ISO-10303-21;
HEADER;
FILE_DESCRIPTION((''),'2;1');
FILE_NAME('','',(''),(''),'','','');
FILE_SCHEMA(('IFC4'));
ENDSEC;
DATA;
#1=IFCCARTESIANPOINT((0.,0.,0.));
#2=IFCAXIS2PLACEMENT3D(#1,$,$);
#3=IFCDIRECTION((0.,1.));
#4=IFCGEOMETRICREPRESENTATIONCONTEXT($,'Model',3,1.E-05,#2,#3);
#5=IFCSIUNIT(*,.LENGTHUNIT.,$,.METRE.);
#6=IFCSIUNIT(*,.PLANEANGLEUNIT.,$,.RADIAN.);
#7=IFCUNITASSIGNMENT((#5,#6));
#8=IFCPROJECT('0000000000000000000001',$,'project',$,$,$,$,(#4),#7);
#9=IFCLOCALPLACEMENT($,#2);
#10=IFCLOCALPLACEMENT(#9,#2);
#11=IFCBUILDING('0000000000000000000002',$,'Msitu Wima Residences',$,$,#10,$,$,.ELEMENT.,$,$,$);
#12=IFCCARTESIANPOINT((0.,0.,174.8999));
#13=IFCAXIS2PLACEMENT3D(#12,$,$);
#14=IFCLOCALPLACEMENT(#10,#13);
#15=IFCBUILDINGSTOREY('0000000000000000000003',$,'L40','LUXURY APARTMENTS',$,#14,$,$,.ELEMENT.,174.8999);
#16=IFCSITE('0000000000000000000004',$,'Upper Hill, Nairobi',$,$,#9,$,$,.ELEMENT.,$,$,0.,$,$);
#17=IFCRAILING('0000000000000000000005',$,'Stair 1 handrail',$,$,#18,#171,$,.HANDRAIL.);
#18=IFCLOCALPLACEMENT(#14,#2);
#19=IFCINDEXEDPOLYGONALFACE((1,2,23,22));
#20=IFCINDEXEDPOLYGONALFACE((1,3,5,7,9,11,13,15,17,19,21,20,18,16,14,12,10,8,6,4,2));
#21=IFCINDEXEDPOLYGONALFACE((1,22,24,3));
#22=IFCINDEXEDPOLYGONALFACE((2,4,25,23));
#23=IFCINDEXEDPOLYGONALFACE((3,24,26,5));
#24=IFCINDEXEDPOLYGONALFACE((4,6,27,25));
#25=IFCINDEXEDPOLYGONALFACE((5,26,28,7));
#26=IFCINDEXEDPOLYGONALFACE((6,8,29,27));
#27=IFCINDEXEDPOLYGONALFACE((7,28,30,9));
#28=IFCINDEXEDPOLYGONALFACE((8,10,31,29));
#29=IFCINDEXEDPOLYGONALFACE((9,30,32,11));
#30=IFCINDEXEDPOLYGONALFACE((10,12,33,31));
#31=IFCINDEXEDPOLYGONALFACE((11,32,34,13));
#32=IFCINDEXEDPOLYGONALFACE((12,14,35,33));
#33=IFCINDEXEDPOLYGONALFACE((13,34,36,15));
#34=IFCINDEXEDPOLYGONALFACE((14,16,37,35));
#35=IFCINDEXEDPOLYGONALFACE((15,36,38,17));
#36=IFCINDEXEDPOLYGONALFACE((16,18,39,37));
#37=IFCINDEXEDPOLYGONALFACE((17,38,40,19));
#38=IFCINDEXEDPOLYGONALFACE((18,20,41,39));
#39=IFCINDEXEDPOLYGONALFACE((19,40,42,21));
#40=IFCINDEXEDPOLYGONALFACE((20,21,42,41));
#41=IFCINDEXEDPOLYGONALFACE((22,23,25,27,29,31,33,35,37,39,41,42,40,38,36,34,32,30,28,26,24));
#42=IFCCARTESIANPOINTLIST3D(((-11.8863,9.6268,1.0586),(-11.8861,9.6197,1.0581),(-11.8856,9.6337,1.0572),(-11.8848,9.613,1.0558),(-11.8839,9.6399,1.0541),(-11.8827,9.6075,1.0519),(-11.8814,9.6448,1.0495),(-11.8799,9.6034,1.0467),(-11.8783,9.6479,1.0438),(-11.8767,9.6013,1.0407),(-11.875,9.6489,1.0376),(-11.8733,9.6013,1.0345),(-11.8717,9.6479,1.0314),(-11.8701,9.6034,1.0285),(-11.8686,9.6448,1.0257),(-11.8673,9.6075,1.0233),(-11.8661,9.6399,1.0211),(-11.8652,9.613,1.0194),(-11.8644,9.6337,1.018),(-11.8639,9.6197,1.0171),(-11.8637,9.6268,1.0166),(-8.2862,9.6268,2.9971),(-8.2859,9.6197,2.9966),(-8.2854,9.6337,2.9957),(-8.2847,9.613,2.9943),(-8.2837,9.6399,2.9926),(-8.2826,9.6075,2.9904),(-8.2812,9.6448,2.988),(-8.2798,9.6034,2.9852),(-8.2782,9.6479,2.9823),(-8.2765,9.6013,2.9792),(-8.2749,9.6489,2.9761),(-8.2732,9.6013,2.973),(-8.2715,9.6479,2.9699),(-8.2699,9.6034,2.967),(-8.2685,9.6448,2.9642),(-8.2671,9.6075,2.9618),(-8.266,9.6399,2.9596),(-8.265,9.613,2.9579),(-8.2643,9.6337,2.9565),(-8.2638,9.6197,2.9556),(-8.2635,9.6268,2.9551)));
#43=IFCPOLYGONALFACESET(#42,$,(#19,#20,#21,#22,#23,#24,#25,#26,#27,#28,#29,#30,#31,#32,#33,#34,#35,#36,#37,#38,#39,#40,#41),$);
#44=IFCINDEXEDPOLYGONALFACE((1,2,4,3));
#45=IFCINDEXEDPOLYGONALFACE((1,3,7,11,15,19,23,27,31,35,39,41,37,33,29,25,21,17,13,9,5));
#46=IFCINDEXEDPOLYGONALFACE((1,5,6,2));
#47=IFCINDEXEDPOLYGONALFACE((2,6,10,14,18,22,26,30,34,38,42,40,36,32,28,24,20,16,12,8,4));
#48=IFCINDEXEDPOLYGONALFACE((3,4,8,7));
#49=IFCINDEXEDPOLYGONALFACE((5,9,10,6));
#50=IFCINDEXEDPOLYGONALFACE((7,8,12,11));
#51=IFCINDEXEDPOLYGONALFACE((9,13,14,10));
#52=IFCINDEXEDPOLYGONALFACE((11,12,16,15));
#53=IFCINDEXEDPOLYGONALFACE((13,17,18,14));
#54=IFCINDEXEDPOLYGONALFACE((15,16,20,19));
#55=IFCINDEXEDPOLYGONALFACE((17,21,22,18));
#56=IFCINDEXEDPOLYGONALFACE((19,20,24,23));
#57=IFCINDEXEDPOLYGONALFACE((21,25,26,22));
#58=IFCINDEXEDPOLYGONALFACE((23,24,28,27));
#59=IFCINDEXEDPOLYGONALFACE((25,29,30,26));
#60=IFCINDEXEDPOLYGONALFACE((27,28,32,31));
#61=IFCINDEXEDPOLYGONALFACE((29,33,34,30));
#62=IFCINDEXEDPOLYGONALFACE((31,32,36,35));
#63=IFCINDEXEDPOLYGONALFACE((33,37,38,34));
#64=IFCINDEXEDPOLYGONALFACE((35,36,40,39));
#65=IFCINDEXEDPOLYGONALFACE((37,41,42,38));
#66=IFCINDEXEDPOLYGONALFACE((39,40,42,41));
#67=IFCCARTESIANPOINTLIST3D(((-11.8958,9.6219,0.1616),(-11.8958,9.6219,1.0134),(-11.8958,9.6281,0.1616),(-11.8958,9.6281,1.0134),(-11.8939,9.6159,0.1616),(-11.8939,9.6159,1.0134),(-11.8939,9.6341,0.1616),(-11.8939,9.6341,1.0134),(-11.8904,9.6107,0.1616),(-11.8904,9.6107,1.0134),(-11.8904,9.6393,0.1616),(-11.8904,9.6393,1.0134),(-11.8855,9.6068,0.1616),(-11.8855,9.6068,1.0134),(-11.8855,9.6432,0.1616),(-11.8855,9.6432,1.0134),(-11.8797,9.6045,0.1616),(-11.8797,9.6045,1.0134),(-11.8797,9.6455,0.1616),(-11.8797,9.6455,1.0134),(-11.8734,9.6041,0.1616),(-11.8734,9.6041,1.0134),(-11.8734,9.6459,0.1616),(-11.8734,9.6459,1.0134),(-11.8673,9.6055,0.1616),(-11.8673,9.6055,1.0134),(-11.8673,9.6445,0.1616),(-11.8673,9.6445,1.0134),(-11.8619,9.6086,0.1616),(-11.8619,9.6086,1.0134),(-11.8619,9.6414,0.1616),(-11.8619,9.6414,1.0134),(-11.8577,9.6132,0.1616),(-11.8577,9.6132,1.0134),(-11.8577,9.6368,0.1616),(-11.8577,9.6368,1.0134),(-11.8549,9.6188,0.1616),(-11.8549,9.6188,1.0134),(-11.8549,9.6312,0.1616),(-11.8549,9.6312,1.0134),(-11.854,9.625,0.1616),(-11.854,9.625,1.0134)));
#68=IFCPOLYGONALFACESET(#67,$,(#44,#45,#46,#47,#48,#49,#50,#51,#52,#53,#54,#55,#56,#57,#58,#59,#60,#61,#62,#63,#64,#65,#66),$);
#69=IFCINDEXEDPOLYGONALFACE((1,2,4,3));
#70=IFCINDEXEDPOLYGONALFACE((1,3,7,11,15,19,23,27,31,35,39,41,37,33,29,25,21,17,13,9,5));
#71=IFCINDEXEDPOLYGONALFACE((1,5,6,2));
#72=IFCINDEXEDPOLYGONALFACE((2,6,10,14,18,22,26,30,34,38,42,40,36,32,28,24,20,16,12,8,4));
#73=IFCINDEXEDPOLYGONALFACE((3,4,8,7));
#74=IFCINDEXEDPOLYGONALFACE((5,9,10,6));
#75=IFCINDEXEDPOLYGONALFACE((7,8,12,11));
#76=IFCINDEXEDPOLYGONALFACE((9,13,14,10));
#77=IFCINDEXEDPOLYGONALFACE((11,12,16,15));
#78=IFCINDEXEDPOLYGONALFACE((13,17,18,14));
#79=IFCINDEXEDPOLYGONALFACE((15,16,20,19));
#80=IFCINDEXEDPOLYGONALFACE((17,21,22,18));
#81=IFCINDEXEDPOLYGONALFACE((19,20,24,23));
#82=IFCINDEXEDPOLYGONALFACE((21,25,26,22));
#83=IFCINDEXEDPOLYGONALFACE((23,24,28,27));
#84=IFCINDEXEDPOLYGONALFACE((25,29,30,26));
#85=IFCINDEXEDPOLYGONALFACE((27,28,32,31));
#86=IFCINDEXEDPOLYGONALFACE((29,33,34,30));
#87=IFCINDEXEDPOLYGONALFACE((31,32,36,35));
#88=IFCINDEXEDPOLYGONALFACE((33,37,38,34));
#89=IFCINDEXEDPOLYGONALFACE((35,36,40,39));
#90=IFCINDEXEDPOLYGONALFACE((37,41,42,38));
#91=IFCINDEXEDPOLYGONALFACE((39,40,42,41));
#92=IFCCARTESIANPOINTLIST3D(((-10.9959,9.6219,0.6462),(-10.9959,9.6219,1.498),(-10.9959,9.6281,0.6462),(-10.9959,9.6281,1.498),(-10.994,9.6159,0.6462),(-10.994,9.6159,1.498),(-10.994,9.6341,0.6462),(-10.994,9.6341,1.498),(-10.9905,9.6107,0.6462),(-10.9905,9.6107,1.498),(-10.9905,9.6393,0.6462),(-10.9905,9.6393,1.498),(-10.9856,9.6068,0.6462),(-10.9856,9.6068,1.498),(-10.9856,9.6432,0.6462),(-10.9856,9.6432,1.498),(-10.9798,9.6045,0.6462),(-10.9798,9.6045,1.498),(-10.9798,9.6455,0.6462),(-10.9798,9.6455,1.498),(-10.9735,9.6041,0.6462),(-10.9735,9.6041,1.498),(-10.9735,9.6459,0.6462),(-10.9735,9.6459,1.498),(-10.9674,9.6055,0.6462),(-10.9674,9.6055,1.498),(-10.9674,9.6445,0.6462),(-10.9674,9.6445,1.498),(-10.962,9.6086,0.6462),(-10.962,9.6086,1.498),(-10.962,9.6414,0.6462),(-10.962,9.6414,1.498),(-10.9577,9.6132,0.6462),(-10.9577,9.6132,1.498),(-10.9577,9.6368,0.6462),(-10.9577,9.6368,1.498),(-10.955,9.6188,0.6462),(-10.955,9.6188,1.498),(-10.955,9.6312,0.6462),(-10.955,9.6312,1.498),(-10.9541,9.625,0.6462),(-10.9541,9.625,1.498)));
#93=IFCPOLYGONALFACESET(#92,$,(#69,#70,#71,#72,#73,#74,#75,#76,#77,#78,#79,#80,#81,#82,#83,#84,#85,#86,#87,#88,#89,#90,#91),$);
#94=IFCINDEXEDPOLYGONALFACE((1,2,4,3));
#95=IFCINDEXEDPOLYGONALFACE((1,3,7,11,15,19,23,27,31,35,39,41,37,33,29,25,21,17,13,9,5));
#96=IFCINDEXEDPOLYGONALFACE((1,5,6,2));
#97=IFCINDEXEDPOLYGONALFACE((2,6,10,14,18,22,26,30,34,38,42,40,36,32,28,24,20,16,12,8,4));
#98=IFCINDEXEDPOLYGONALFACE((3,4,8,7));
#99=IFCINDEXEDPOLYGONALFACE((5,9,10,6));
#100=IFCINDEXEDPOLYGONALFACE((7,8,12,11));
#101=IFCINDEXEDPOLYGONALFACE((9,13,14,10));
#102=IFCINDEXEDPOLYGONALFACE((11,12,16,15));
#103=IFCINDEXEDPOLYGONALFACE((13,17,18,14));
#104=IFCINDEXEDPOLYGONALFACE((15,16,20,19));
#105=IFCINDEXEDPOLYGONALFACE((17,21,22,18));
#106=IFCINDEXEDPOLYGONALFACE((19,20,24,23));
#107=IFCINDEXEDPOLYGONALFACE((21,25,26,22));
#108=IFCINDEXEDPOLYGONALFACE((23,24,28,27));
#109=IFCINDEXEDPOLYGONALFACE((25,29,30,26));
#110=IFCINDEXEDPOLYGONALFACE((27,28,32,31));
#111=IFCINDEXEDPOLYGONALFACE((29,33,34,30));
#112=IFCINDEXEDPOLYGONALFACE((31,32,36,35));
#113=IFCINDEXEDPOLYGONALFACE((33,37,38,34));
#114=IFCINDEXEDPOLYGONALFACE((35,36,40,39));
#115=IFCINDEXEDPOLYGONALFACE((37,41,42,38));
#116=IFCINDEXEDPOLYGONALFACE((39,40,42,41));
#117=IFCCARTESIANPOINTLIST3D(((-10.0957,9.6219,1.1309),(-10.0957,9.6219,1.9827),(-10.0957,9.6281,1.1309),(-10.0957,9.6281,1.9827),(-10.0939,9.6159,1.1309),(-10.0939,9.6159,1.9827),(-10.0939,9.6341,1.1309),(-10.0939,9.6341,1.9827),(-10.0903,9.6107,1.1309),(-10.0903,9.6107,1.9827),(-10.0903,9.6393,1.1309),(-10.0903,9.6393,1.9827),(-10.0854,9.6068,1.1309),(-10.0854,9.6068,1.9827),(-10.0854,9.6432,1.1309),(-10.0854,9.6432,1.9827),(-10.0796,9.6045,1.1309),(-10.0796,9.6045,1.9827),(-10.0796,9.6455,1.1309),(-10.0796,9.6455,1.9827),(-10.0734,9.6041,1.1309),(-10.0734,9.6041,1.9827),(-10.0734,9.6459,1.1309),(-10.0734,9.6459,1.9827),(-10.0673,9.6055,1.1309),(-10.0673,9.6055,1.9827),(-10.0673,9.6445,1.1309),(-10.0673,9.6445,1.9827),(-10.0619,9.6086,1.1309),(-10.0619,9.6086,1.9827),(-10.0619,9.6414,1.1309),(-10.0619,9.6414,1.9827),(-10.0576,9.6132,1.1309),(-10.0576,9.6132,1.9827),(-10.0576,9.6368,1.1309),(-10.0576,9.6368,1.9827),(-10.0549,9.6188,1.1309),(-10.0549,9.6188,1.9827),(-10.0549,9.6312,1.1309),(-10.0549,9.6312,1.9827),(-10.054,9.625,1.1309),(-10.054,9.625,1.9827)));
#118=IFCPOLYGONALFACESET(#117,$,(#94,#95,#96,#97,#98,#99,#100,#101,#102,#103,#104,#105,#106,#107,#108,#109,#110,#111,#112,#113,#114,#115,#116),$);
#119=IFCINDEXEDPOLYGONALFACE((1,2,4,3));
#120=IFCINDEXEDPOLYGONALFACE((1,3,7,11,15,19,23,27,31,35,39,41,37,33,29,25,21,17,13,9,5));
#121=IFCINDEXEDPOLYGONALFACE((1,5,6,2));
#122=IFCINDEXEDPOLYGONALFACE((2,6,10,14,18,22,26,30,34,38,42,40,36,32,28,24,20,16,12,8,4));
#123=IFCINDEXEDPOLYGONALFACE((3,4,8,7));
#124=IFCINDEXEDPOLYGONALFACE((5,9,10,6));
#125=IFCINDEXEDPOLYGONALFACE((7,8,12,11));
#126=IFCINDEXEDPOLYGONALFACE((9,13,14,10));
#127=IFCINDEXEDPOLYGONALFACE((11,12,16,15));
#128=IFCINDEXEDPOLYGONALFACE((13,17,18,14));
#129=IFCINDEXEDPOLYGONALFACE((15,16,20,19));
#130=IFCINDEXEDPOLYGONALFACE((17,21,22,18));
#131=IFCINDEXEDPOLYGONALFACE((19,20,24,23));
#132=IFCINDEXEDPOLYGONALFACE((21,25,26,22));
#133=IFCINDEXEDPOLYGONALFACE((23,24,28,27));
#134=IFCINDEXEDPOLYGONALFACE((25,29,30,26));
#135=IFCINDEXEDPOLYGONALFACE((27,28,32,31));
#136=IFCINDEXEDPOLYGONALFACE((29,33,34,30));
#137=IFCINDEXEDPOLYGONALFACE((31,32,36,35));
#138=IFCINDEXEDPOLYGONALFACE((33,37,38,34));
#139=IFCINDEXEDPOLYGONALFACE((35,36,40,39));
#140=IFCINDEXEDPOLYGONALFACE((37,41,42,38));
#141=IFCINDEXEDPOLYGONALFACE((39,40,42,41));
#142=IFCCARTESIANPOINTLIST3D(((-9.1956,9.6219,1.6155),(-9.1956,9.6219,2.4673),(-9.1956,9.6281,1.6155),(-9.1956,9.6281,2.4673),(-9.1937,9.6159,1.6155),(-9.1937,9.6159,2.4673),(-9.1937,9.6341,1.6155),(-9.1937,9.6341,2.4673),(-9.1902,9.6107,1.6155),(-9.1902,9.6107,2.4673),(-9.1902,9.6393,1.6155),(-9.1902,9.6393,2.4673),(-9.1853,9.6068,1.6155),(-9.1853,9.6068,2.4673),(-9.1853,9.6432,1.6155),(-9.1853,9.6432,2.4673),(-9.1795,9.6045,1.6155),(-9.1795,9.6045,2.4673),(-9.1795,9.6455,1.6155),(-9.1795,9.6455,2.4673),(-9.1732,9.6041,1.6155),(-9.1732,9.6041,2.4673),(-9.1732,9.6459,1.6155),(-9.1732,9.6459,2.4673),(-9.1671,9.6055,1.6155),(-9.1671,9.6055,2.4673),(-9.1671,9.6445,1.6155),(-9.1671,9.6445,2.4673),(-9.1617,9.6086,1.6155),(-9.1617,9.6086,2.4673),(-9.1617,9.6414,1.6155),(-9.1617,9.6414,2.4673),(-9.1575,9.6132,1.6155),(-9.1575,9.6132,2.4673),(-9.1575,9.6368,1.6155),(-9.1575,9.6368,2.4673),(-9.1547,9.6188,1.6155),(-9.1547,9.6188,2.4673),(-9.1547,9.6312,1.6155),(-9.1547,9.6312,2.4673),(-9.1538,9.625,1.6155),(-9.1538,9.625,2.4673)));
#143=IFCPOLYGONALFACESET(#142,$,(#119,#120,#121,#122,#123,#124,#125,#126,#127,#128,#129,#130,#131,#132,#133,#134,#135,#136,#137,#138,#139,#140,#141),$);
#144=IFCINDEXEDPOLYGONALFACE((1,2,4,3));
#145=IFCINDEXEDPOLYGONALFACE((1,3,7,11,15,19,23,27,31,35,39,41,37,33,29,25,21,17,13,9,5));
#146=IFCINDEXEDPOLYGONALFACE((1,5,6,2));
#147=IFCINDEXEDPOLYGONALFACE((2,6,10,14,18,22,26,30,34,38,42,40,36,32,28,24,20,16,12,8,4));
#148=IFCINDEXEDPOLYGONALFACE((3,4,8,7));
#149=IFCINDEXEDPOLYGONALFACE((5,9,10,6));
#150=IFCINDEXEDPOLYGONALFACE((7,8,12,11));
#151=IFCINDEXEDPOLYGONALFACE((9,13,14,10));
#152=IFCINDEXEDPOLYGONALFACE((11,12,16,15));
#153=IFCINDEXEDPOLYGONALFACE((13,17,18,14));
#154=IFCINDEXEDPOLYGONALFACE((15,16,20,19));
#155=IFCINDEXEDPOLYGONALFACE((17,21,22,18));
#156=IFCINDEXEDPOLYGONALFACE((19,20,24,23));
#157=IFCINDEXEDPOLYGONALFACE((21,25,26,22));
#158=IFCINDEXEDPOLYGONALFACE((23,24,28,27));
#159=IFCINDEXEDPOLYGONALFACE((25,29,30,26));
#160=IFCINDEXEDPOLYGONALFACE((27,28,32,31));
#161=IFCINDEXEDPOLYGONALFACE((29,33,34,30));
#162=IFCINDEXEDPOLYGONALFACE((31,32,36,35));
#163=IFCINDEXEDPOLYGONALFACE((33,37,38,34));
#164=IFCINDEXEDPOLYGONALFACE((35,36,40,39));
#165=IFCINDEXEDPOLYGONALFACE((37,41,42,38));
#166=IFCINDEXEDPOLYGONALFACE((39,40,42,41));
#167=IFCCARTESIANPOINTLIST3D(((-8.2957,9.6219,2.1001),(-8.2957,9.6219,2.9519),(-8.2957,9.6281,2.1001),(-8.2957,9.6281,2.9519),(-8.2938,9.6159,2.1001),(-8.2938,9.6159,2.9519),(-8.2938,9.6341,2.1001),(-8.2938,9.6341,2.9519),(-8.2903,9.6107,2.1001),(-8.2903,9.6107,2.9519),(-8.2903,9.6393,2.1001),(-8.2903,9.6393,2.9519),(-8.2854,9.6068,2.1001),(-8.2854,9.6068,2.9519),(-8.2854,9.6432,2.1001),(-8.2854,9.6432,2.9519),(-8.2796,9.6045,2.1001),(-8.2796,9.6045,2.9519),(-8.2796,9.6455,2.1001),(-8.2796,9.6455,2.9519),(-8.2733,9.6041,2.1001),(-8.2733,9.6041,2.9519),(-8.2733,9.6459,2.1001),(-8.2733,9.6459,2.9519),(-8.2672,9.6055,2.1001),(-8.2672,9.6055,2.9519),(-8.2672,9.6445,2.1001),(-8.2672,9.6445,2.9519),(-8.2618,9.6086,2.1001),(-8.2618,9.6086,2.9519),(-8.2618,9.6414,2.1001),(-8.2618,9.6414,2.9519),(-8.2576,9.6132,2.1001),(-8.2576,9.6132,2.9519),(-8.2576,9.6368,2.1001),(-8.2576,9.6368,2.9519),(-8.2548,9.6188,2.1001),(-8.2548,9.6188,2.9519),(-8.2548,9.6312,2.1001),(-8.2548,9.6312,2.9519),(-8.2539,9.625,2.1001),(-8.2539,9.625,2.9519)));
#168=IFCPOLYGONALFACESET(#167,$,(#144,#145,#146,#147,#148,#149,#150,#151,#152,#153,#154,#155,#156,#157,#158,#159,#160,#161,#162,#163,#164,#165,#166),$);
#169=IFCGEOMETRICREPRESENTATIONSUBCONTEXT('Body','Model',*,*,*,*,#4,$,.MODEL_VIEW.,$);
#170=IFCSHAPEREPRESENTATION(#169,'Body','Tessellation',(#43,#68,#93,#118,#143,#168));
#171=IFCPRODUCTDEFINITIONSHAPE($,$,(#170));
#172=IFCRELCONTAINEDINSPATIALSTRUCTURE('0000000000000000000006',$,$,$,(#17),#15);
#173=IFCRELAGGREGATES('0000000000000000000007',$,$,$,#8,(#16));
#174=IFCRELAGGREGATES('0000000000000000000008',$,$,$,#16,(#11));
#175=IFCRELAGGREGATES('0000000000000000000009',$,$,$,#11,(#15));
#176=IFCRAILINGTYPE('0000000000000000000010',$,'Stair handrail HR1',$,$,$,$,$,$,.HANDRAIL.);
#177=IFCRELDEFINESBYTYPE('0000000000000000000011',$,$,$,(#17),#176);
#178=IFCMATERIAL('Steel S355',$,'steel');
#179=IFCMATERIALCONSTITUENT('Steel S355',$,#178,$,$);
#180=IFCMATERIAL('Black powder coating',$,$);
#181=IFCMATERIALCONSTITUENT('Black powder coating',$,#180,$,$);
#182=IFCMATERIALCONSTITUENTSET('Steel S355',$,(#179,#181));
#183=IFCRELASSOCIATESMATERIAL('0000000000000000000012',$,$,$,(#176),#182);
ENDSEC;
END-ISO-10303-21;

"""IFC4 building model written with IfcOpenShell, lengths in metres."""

from ifc_helpers import new_model, si_unit, direction, frame, origin, origin_2d, place, context, subcontext, project, spatial, circle, extrude, material, constituent, constituent_set, type_object, element, save


model = new_model("IFC4")

# Units and contexts
model_context = context("Model", 3, precision=1e-05, world=origin(), true_north=direction((0.0, 1.0)))
body_context = subcontext(model_context, "Body", "Model", "MODEL_VIEW")
ifc_project = project(units=[si_unit("LENGTHUNIT", "METRE"), si_unit("PLANEANGLEUNIT", "RADIAN")], contexts=[model_context])

# Site, building, storey
site_placement = place(None, origin())
site = spatial("IfcSite", under=ifc_project, at=site_placement, Name="Upper Hill, Nairobi", CompositionType="ELEMENT", RefElevation=0.0)
building_placement = place(site_placement, origin())
building = spatial("IfcBuilding", under=site, at=building_placement, Name="Msitu Wima Residences", CompositionType="ELEMENT")
storey_placement = place(building_placement, frame((0.0, 0.0, 174.8999)))
storey = spatial("IfcBuildingStorey", under=building, at=storey_placement, Name="L40", Description="LUXURY APARTMENTS", CompositionType="ELEMENT", Elevation=174.8999)

# Railing
ifc_material_1 = material(Name="Steel S355", Category="steel")
ifc_constituent_1 = constituent(ifc_material_1, Name="Steel S355")
ifc_material_2 = material(Name="Black powder coating")
ifc_constituent_2 = constituent(ifc_material_2, Name="Black powder coating")
ifc_constituent_set = constituent_set(constituents=[ifc_constituent_1, ifc_constituent_2], Name="Steel S355")
railing_type = type_object("IfcRailingType", Name="Stair handrail HR1", PredefinedType="HANDRAIL", material=ifc_constituent_set)
for number, where, name in (
    (1, (-11.875, 9.625, 0.1616), "Stair 1 handrail"),
):
    element("IfcRailing", number, at=place(storey_placement, frame(where)), inside=storey, type_object=railing_type, Name=name, PredefinedType="HANDRAIL", context=body_context, shape_type="SweptSolid", body=[
        extrude(circle(Radius=0.0239, at=origin_2d()), frame((0.0, 0.0, 0.876), z_axis=(0.880475, 0.0, 0.474093), x_axis=(0.0, 1.0, 0.0)), (0.0, 0.0, 1.0), 4.0889),
        extrude(circle(Radius=0.021, at=origin_2d()), origin(), (0.0, 0.0, 1.0), 0.8518),
        extrude(circle(Radius=0.021, at=origin_2d()), frame((0.8999, 0.0, 0.4846)), (0.0, 0.0, 1.0), 0.8518),
        extrude(circle(Radius=0.021, at=origin_2d()), frame((1.8, 0.0, 0.9692)), (0.0, 0.0, 1.0), 0.8518),
        extrude(circle(Radius=0.021, at=origin_2d()), frame((2.7002, 0.0, 1.4539)), (0.0, 0.0, 1.0), 0.8518),
        extrude(circle(Radius=0.021, at=origin_2d()), frame((3.6001, 0.0, 1.9385)), (0.0, 0.0, 1.0), 0.8518),
    ])

save(model, "model.ifc")
